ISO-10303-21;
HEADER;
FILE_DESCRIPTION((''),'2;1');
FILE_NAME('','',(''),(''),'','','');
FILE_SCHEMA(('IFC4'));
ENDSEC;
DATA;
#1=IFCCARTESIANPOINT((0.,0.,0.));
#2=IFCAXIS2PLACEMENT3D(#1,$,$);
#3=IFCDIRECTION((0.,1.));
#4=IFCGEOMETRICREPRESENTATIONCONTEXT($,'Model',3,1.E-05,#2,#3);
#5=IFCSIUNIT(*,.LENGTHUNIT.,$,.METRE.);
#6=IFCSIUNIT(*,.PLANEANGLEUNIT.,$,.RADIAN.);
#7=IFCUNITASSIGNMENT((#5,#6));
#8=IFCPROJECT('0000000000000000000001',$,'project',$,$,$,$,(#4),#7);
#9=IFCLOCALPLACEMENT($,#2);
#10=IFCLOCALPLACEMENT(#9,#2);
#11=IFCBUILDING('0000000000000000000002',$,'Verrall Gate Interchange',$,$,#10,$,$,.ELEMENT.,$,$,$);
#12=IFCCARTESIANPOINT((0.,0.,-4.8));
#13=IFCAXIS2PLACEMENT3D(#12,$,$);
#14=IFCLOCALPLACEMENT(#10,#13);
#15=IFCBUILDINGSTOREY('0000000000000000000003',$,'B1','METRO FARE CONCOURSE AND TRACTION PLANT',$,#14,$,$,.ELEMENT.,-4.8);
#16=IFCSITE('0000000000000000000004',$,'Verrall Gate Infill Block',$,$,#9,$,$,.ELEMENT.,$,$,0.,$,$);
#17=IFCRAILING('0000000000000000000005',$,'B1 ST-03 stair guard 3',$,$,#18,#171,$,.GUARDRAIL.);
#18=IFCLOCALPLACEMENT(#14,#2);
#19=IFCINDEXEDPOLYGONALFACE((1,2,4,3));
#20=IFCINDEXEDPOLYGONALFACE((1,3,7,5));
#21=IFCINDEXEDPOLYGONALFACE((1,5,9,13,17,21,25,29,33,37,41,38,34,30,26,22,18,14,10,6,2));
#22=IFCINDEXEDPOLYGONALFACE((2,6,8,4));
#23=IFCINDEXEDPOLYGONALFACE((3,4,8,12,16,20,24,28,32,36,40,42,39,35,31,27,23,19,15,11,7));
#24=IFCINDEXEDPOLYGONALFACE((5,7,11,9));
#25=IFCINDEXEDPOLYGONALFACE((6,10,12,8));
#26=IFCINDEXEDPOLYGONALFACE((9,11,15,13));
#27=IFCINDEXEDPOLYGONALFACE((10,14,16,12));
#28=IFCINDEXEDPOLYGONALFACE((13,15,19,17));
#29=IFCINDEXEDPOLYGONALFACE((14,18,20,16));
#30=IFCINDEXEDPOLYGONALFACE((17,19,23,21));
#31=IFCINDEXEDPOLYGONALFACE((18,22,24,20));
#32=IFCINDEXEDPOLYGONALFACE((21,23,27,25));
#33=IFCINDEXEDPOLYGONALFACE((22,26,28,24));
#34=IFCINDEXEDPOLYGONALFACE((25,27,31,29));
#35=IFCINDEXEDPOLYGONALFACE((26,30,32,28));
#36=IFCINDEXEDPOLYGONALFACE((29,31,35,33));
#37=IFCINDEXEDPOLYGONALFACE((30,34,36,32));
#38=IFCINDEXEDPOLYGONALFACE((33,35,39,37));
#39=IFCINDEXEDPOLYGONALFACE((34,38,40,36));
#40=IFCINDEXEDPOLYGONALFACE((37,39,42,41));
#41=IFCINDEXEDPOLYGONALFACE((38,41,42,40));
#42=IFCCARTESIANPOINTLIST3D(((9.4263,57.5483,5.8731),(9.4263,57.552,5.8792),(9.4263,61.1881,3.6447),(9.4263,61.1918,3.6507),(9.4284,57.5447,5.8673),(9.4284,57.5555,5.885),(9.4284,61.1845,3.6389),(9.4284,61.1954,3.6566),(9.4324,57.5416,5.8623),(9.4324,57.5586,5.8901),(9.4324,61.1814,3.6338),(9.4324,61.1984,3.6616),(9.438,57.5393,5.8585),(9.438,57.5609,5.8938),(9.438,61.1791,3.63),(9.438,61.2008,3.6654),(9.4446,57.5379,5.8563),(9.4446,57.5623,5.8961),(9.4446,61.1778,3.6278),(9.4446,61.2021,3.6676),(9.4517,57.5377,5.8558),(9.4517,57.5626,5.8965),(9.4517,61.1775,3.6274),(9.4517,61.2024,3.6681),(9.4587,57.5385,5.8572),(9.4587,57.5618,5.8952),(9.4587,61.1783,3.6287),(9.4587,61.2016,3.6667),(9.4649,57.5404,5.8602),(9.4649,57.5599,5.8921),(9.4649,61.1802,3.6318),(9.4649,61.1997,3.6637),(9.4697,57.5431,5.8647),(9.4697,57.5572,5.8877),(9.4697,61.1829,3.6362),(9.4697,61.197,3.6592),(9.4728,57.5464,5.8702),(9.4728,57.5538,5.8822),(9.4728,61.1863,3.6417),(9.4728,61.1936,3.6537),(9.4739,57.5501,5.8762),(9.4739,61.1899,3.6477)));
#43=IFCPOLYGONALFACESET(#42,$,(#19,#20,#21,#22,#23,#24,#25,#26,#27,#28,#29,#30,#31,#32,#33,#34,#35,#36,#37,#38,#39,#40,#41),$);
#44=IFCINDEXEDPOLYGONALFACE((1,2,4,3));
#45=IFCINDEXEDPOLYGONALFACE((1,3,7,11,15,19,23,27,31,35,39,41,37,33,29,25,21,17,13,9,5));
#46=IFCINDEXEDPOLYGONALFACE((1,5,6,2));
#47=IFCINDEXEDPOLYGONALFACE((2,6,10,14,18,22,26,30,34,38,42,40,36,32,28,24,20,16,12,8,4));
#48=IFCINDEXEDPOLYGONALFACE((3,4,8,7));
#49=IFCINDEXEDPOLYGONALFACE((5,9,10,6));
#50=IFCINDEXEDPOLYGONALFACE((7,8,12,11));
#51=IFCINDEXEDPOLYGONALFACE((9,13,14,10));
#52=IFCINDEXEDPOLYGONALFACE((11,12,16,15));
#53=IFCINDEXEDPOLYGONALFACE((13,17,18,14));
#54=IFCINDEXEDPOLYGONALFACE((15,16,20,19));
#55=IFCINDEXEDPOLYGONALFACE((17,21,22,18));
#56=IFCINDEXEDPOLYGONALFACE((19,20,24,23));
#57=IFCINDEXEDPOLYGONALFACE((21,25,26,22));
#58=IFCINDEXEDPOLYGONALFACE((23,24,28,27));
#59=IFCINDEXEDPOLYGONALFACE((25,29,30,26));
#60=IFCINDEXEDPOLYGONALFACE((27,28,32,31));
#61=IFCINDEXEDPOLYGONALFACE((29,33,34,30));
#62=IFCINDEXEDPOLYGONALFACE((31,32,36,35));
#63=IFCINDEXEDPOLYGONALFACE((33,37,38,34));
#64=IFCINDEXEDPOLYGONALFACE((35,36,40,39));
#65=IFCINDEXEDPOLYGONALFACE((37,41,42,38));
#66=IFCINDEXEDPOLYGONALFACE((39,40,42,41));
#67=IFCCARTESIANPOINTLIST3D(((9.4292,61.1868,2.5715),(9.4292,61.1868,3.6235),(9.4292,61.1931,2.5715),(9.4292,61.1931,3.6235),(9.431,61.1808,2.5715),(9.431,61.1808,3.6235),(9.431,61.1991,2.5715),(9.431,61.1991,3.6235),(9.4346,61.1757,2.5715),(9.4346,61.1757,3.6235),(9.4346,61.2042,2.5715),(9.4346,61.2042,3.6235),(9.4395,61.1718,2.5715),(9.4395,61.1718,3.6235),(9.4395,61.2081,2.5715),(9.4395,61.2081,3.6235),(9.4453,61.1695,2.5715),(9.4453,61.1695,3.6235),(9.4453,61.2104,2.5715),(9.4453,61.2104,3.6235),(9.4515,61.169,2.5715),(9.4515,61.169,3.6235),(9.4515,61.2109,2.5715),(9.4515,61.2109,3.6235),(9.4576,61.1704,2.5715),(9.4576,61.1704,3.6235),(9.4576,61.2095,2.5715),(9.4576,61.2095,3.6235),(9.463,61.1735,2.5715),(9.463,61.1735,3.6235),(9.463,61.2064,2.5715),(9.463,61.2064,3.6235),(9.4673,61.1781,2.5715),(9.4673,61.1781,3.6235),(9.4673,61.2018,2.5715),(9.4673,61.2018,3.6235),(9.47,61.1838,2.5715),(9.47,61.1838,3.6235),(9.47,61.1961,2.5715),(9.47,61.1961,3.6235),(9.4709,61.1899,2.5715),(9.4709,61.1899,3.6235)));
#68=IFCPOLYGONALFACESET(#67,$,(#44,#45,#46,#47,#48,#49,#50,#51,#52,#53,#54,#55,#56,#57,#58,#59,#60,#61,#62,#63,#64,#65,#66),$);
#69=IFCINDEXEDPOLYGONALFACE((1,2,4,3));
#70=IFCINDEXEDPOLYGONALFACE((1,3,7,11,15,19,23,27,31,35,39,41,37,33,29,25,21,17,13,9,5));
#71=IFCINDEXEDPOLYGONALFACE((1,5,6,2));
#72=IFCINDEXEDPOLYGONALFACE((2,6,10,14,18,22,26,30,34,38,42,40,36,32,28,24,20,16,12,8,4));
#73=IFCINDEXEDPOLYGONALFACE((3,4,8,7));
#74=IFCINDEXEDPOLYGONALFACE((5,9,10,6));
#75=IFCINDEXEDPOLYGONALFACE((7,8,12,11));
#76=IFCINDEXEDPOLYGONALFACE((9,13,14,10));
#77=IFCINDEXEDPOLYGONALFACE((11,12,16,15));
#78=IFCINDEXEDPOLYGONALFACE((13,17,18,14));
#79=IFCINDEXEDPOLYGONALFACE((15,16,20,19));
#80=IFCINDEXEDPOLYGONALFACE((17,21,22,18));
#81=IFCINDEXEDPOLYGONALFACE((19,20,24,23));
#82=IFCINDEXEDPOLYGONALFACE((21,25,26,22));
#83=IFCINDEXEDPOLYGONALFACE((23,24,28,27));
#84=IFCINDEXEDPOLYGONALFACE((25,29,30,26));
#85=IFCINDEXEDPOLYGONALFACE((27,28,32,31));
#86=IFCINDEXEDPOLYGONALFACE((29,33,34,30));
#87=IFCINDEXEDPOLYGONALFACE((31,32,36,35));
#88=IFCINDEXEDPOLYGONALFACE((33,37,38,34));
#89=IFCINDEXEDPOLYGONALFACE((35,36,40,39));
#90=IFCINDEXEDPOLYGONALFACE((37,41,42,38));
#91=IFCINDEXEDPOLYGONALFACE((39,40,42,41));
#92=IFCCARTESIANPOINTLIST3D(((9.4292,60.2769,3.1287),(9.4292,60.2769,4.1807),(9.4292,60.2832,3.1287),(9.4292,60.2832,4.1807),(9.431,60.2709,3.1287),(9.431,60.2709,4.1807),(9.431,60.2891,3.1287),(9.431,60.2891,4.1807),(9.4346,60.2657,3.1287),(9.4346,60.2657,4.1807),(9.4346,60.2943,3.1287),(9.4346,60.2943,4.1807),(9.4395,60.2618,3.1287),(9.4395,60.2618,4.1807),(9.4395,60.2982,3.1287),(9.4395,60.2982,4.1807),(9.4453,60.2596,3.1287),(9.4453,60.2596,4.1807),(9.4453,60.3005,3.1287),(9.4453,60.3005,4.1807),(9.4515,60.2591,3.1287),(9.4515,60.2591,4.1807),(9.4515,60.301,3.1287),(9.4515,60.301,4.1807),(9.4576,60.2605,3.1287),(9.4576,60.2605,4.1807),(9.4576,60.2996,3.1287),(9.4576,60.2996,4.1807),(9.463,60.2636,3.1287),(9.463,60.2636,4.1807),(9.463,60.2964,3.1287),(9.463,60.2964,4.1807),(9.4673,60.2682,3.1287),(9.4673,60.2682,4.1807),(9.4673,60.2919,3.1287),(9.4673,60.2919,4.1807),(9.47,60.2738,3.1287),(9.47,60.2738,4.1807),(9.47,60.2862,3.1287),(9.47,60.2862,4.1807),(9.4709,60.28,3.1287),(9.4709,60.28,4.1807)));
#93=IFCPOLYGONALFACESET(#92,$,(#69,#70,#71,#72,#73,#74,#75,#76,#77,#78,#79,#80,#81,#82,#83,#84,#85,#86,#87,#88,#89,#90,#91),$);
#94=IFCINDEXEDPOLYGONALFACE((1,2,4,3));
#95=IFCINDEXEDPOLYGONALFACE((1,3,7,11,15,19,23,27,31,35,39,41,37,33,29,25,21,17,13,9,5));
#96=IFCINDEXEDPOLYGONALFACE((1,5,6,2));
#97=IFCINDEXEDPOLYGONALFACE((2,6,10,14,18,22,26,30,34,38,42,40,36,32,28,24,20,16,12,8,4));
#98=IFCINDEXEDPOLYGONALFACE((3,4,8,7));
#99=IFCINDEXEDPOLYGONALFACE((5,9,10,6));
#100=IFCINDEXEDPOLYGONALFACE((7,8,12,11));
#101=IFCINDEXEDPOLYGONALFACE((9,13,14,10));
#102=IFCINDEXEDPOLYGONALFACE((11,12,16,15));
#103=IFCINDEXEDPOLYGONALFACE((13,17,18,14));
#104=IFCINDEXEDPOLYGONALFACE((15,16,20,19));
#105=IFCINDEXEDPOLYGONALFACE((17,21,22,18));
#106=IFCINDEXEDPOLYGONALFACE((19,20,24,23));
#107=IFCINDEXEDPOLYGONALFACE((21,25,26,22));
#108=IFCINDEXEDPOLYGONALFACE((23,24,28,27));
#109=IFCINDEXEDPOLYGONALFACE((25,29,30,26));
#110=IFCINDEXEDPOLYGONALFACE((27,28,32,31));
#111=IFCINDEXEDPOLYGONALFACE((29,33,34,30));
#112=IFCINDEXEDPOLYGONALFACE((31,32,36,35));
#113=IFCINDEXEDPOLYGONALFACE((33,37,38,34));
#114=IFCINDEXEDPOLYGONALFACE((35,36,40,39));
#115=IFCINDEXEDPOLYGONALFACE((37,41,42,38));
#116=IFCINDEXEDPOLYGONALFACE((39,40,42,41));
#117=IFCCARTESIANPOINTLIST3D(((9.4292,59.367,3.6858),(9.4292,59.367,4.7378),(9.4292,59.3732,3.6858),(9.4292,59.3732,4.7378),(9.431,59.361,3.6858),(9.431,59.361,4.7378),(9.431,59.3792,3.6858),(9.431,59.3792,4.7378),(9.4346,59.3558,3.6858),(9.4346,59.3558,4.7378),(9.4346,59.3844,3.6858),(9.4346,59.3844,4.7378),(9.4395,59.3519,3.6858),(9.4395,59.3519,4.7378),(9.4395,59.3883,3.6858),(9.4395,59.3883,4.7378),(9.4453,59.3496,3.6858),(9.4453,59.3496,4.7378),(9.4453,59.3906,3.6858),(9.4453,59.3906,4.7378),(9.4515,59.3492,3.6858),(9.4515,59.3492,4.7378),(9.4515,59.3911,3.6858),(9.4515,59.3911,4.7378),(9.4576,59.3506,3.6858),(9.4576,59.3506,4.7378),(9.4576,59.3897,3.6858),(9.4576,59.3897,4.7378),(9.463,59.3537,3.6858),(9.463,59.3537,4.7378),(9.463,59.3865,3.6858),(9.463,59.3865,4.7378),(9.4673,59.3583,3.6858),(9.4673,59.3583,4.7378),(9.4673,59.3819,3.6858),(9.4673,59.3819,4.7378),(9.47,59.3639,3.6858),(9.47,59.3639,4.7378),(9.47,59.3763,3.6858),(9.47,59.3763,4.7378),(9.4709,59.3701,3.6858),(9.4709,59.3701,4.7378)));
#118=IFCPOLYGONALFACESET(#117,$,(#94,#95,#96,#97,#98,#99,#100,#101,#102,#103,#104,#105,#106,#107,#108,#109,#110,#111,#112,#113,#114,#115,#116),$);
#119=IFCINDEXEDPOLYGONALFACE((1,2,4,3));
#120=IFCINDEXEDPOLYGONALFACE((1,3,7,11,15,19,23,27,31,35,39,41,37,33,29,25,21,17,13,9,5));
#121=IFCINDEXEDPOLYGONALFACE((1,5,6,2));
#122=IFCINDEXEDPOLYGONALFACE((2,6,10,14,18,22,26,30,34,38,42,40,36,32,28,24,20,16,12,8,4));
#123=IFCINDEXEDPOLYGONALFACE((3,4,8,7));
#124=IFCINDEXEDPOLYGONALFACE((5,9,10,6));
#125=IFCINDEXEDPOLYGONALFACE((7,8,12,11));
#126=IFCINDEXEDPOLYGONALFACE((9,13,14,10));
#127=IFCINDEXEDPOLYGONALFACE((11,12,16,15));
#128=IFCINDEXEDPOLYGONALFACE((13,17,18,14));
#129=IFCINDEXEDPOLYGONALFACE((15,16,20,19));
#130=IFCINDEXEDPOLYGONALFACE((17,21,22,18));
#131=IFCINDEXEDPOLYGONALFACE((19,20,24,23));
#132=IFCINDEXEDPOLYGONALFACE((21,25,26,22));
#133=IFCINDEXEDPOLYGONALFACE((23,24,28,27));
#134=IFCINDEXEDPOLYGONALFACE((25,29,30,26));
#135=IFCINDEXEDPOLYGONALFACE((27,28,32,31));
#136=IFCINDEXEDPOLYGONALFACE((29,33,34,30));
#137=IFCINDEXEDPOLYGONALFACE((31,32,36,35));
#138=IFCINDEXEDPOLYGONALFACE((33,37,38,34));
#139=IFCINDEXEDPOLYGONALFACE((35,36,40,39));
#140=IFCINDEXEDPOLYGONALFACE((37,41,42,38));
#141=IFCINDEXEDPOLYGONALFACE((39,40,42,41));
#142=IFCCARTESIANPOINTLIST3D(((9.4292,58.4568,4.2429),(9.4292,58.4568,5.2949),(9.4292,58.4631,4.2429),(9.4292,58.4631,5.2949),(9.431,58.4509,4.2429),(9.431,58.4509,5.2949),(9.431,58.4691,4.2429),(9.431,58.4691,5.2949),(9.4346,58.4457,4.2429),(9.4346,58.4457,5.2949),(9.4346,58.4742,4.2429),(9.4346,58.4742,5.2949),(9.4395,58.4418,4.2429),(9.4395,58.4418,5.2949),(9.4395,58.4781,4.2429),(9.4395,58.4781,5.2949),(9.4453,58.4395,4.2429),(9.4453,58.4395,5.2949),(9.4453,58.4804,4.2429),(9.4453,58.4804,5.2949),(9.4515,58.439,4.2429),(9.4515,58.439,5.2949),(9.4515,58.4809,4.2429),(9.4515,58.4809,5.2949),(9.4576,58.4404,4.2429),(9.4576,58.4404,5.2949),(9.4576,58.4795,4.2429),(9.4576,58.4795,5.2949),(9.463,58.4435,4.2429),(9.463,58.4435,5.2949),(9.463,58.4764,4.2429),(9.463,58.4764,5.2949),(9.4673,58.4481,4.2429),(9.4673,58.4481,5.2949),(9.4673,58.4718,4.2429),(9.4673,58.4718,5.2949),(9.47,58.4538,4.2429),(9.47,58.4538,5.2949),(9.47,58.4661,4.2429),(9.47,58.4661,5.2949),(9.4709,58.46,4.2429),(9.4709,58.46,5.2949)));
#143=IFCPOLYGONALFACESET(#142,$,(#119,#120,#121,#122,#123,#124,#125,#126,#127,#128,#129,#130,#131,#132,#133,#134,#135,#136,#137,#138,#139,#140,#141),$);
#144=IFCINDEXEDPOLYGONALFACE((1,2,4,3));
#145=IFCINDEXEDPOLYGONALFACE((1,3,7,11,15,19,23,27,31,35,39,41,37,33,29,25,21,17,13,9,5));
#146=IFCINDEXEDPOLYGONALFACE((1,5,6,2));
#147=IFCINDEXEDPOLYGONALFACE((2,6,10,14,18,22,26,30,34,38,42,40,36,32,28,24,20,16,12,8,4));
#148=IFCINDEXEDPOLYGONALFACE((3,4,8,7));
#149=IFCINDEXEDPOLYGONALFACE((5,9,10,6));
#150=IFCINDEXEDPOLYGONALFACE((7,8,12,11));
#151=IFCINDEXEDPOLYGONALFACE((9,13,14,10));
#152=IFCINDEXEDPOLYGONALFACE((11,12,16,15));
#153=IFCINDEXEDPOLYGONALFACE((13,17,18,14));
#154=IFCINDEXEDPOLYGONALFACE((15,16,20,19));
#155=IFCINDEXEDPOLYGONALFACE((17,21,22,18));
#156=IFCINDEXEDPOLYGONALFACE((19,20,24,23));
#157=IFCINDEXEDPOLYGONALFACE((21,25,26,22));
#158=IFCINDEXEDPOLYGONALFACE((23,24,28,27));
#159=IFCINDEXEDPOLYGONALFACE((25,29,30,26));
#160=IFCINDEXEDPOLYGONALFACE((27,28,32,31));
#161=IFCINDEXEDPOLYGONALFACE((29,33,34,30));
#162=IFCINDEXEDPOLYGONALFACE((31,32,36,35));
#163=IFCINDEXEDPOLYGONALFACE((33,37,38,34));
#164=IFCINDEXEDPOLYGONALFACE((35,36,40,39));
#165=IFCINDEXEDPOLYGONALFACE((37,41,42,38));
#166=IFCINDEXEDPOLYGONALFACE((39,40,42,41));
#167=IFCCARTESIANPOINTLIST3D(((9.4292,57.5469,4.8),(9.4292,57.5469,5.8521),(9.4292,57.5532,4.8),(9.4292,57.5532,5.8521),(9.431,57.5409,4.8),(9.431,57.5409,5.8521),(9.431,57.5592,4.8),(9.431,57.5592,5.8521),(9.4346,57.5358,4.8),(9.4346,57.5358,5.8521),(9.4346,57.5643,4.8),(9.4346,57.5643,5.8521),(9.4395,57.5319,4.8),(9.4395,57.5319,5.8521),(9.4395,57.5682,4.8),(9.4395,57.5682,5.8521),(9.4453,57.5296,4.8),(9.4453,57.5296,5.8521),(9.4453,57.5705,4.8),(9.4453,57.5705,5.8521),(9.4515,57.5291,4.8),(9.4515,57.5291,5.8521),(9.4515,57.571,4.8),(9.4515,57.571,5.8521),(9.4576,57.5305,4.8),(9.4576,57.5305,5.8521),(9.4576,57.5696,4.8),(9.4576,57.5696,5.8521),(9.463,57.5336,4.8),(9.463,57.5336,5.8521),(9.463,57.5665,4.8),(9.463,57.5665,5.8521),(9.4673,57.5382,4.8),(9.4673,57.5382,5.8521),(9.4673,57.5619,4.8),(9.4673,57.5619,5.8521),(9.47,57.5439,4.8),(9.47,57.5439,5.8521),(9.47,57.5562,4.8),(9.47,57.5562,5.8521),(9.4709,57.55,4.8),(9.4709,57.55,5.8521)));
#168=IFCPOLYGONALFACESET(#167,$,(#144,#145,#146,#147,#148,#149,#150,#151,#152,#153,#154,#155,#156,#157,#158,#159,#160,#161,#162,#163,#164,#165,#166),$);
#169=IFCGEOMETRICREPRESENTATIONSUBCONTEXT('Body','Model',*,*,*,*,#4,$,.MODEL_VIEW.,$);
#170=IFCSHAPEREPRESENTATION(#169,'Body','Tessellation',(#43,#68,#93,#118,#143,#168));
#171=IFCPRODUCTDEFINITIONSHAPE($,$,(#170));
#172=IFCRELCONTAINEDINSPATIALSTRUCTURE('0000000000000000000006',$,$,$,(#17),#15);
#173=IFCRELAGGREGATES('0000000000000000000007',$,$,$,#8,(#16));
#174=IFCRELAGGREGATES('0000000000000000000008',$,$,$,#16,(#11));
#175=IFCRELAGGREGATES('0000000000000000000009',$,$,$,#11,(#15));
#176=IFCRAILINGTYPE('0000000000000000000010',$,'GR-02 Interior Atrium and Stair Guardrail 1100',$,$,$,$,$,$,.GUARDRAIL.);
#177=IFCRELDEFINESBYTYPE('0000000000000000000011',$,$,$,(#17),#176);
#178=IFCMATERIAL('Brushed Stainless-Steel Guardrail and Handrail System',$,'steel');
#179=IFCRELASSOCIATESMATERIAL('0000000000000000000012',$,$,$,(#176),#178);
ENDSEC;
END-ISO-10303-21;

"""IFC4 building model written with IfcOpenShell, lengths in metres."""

from ifc_helpers import new_model, si_unit, direction, frame, origin, origin_2d, place, context, subcontext, project, spatial, circle, extrude, material, type_object, element, save


model = new_model("IFC4")

# Units and contexts
model_context = context("Model", 3, precision=1e-05, world=origin(), true_north=direction((0.0, 1.0)))
body_context = subcontext(model_context, "Body", "Model", "MODEL_VIEW")
ifc_project = project(units=[si_unit("LENGTHUNIT", "METRE"), si_unit("PLANEANGLEUNIT", "RADIAN")], contexts=[model_context])

# Site, building, storey
site_placement = place(None, origin())
site = spatial("IfcSite", under=ifc_project, at=site_placement, Name="Verrall Gate Infill Block", CompositionType="ELEMENT", RefElevation=0.0)
building_placement = place(site_placement, origin())
building = spatial("IfcBuilding", under=site, at=building_placement, Name="Verrall Gate Interchange", CompositionType="ELEMENT")
storey_placement = place(building_placement, frame((0.0, 0.0, -4.8)))
storey = spatial("IfcBuildingStorey", under=building, at=storey_placement, Name="B1", Description="METRO FARE CONCOURSE AND TRACTION PLANT", CompositionType="ELEMENT", Elevation=-4.8)

# Railing
ifc_material_1 = material(Name="Brushed Stainless-Steel Guardrail and Handrail System", Category="steel")
railing_type_1 = type_object("IfcRailingType", Name="GR-02 Interior Atrium and Stair Guardrail 1100", PredefinedType="GUARDRAIL", material=ifc_material_1)
railing_1_placement = place(storey_placement, frame((9.45, 61.1899, 2.5715)))
element("IfcRailing", 1, at=railing_1_placement, inside=storey, type_object=railing_type_1, Name="B1 ST-03 stair guard 3", PredefinedType="GUARDRAIL", context=body_context, shape_type="SweptSolid", body=[
    extrude(circle(Radius=0.0239, at=origin_2d()), frame((0.0, 0.0, 1.0762), z_axis=(0.0, -0.85285, 0.522156), x_axis=(1.0, 0.0, 0.0)), (0.0, 0.0, 1.0), 4.2678),
    extrude(circle(Radius=0.021, at=origin_2d()), origin(), (0.0, 0.0, 1.0), 1.052),
    extrude(circle(Radius=0.021, at=origin_2d()), frame((0.0, -0.9099, 0.5571)), (0.0, 0.0, 1.0), 1.052),
    extrude(circle(Radius=0.021, at=origin_2d()), frame((0.0, -1.8198, 1.1143)), (0.0, 0.0, 1.0), 1.052),
    extrude(circle(Radius=0.021, at=origin_2d()), frame((0.0, -2.73, 1.6714)), (0.0, 0.0, 1.0), 1.052),
    extrude(circle(Radius=0.021, at=origin_2d()), frame((0.0, -3.6399, 2.2285)), (0.0, 0.0, 1.0), 1.052),
])

save(model, "model.ifc")
